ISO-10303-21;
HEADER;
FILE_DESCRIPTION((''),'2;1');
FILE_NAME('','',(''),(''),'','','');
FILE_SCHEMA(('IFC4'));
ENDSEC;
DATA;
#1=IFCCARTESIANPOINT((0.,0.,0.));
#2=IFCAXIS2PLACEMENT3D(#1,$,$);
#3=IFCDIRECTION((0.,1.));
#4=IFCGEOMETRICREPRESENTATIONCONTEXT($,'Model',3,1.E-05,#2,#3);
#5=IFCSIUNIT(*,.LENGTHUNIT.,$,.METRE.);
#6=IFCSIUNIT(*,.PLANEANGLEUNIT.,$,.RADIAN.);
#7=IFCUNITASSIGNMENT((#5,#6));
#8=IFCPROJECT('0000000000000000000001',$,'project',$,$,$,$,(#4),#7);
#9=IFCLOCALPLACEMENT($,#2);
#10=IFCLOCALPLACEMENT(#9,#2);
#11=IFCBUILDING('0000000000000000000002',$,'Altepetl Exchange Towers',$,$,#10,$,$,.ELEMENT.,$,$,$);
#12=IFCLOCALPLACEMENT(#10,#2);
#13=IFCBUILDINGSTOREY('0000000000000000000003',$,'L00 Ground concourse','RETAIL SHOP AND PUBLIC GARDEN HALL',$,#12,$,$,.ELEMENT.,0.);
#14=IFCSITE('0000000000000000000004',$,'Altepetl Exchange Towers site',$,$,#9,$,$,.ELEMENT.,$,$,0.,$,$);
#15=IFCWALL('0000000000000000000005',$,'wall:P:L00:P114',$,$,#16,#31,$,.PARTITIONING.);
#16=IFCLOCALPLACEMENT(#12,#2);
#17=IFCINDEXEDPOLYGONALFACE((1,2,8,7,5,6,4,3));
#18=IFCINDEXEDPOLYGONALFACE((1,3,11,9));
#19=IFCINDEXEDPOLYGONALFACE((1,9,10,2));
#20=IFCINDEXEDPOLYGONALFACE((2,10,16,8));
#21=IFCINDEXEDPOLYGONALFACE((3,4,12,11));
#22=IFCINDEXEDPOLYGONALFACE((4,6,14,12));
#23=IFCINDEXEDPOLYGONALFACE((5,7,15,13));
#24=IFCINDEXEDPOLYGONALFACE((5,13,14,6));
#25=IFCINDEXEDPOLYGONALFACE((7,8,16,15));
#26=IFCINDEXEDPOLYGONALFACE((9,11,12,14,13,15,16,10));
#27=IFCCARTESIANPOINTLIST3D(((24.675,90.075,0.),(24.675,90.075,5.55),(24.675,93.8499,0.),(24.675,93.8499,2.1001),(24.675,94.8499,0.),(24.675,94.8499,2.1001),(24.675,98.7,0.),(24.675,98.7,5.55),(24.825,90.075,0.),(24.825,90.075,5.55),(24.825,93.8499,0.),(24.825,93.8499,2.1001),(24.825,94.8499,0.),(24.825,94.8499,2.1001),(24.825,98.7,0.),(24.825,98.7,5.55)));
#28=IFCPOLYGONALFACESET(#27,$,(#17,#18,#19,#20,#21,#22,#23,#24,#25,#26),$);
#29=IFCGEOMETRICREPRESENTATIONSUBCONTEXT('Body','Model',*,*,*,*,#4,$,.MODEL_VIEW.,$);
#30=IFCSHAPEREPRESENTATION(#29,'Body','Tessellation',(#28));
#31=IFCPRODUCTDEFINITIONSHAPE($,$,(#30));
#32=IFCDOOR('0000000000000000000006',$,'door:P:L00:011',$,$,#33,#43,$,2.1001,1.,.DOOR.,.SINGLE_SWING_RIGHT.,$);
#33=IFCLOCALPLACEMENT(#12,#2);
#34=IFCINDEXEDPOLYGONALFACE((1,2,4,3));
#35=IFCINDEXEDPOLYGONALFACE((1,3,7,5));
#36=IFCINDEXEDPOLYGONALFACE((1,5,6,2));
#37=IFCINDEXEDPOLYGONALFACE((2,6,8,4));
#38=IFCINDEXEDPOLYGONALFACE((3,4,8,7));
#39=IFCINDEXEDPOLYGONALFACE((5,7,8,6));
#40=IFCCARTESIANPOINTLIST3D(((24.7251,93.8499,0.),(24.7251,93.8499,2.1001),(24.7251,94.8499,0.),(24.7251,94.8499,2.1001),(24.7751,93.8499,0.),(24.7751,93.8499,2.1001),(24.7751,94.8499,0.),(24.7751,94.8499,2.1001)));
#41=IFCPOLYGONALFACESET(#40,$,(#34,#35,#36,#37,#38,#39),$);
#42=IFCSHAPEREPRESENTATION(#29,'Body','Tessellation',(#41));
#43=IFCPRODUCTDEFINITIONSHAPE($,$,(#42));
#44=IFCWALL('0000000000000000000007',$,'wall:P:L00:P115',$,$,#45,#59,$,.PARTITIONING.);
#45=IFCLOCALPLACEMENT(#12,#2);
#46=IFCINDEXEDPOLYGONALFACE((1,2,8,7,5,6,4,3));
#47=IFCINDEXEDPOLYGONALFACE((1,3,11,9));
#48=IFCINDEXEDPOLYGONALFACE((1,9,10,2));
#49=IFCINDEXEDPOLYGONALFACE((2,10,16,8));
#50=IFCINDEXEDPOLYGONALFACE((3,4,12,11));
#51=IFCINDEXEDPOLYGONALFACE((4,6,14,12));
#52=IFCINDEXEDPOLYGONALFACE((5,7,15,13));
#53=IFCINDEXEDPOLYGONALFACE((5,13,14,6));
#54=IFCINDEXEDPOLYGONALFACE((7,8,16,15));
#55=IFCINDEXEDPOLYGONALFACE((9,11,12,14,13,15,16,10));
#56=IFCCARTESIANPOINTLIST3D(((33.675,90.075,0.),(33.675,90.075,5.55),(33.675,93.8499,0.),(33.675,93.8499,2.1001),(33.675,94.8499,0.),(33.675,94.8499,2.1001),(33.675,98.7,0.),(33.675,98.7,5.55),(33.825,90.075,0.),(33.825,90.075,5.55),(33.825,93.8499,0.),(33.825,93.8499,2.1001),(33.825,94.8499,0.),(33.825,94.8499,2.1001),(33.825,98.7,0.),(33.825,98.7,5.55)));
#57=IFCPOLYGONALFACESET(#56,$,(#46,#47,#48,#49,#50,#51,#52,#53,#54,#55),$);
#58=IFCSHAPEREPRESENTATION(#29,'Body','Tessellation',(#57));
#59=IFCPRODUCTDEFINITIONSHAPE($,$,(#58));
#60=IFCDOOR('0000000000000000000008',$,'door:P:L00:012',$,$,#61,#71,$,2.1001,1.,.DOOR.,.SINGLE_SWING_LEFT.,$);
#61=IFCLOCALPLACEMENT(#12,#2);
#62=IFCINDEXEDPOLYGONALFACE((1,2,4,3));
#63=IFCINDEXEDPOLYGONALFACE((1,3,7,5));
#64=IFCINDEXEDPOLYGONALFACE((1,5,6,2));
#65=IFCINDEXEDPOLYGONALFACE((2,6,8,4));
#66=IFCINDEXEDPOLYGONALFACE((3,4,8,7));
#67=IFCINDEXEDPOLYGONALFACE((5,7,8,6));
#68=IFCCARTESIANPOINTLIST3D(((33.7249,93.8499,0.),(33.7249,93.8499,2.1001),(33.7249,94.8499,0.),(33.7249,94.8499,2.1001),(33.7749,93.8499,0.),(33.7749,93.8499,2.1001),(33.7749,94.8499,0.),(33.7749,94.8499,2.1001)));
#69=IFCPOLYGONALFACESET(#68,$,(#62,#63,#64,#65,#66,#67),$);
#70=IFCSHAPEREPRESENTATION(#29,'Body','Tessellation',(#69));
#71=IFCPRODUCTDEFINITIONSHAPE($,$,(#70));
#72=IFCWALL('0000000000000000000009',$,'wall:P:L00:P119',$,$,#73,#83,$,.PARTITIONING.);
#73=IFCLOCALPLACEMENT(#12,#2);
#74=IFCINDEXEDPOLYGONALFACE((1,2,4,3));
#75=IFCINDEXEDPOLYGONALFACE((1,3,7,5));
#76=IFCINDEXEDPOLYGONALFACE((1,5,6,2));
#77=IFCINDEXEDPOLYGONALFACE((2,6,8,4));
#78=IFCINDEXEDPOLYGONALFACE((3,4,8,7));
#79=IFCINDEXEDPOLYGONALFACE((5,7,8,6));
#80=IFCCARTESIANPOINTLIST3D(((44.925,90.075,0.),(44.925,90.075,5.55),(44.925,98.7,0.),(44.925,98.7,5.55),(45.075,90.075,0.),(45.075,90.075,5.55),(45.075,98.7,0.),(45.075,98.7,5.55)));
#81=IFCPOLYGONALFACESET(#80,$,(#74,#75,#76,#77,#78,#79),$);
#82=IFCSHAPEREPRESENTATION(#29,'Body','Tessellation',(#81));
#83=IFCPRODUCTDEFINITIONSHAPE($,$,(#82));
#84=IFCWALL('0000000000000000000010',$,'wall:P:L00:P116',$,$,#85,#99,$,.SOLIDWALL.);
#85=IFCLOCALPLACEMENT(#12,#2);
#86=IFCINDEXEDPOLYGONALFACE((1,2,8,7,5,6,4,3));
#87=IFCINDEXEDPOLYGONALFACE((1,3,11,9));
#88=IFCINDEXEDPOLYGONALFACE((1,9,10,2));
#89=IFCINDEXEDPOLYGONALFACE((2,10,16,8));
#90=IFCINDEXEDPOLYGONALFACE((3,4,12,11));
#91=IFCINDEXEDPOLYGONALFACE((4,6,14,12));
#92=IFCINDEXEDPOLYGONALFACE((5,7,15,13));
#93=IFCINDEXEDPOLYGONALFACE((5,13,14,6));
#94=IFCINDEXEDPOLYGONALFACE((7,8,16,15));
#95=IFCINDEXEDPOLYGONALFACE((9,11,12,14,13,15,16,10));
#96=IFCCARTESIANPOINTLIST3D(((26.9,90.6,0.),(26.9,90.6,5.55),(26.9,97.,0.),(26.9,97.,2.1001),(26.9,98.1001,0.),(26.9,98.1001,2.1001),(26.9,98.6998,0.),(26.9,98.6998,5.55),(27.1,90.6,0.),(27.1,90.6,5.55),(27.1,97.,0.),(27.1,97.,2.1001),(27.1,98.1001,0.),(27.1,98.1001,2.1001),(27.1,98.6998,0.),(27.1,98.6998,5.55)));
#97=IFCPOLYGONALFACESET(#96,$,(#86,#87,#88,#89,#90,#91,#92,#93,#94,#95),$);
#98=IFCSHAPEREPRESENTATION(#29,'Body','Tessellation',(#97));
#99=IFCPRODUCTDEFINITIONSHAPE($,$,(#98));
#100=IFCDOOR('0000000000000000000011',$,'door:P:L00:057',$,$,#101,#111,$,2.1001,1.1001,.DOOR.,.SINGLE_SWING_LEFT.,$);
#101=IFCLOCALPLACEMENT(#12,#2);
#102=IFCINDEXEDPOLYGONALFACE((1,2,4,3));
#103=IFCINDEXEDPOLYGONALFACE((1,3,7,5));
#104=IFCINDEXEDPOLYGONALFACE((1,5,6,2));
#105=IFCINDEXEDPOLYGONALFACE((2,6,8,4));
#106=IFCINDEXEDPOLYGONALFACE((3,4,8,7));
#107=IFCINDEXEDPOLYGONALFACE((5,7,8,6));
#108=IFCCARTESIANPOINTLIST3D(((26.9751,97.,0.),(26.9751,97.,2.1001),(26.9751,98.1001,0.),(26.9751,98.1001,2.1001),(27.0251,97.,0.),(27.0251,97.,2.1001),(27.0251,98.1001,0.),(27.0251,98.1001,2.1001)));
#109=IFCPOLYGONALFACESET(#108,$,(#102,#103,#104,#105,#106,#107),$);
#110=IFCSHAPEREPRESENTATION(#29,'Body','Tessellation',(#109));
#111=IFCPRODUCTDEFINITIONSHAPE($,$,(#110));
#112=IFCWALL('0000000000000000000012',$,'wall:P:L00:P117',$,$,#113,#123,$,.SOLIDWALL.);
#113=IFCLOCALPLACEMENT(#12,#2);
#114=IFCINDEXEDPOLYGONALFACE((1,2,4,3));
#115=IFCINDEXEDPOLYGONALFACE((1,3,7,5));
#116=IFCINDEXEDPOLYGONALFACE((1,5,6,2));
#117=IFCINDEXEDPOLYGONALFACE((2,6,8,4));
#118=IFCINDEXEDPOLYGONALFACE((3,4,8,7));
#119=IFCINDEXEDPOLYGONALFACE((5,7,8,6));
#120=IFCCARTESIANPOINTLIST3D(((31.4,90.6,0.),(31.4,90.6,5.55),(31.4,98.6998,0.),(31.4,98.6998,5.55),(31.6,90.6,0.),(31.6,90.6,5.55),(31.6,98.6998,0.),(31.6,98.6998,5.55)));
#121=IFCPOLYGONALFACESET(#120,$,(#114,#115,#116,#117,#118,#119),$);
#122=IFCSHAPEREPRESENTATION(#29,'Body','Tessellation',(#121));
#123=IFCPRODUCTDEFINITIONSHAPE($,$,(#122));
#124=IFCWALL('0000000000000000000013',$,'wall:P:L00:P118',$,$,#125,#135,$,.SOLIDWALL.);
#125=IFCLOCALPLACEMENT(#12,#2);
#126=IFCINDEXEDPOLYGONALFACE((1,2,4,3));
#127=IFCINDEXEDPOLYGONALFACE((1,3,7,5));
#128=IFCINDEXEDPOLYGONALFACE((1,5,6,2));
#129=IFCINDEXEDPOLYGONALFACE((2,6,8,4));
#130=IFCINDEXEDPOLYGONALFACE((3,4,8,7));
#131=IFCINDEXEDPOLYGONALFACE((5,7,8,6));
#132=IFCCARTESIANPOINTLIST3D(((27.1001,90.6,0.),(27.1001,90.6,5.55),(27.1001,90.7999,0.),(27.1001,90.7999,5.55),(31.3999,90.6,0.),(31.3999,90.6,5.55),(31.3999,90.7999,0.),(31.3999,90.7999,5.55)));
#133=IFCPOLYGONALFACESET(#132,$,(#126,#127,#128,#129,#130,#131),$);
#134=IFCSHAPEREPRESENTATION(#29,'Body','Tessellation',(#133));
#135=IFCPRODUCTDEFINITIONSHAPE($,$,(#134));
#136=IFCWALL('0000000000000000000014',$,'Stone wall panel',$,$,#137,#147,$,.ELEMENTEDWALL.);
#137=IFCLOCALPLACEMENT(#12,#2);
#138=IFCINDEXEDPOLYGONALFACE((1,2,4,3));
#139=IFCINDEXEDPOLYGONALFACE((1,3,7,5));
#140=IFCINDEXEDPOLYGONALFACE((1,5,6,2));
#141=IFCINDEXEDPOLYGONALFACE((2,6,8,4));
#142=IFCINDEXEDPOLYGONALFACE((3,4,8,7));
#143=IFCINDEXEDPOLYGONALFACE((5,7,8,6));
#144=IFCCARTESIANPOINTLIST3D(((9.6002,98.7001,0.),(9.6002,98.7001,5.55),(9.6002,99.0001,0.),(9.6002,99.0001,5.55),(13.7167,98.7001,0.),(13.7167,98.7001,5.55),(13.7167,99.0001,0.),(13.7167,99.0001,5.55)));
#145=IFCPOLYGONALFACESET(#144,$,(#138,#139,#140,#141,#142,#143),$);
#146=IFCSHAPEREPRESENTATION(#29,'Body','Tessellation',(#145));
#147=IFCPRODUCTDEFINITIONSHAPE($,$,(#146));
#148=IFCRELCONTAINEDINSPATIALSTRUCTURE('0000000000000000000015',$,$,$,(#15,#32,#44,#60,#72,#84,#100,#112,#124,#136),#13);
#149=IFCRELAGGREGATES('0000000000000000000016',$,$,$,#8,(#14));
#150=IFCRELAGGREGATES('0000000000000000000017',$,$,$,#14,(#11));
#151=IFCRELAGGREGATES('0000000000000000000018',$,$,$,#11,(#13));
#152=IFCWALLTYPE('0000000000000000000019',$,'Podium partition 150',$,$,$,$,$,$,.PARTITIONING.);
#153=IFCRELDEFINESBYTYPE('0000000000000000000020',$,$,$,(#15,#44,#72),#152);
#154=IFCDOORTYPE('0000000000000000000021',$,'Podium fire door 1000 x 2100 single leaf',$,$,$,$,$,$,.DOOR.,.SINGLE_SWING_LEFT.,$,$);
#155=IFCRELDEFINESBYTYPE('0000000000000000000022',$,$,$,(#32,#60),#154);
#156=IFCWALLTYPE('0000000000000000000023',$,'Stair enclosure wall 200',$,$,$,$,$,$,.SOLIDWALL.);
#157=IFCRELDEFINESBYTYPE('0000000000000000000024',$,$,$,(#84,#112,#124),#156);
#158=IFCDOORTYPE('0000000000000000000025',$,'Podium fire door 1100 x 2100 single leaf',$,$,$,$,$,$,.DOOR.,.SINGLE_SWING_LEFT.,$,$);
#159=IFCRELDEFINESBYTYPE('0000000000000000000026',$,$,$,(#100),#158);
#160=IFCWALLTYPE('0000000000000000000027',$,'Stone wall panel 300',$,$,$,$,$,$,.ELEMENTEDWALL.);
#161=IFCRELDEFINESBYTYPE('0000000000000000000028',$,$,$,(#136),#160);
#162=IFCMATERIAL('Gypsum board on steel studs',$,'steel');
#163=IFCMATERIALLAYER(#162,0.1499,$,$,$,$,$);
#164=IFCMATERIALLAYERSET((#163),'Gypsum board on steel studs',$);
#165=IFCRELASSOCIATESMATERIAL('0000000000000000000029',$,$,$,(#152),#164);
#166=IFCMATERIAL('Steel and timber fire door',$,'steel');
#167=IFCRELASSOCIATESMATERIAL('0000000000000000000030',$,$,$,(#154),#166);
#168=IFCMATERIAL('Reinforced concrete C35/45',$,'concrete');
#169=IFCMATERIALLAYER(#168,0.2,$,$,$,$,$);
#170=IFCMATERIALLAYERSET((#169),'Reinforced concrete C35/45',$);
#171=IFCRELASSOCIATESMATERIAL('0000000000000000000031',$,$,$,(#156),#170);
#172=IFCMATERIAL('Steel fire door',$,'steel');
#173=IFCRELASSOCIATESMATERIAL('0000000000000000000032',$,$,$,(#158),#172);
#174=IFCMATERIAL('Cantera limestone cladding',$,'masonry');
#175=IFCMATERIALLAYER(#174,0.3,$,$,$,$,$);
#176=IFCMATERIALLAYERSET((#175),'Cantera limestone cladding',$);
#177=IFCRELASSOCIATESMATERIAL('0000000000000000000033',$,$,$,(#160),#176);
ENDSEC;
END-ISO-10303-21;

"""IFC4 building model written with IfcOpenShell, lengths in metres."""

from ifc_helpers import new_model, si_unit, direction, frame, frame_2d, origin, place, context, subcontext, project, spatial, rectangle, extrude, material, layer, layer_set, type_object, element, fill, save


model = new_model("IFC4")

# Units and contexts
model_context = context("Model", 3, precision=1e-05, world=origin(), true_north=direction((0.0, 1.0)))
body_context = subcontext(model_context, "Body", "Model", "MODEL_VIEW")
ifc_project = project(units=[si_unit("LENGTHUNIT", "METRE"), si_unit("PLANEANGLEUNIT", "RADIAN")], contexts=[model_context])

# Site, building, storey
site_placement = place(None, origin())
site = spatial("IfcSite", under=ifc_project, at=site_placement, Name="Altepetl Exchange Towers site", CompositionType="ELEMENT", RefElevation=0.0)
building_placement = place(site_placement, origin())
building = spatial("IfcBuilding", under=site, at=building_placement, Name="Altepetl Exchange Towers", CompositionType="ELEMENT")
storey_placement = place(building_placement, origin())
storey = spatial("IfcBuildingStorey", under=building, at=storey_placement, Name="L00 Ground concourse", Description="RETAIL SHOP AND PUBLIC GARDEN HALL", CompositionType="ELEMENT", Elevation=0.0)

# Shared definitions
ifc_material_1 = material(Name="Gypsum board on steel studs", Category="steel")
ifc_layer_1 = layer(ifc_material_1, 0.1499)
ifc_layer_set_1 = layer_set([ifc_layer_1], Name="Gypsum board on steel studs")
wall_type_1 = type_object("IfcWallType", Name="Podium partition 150", PredefinedType="PARTITIONING", material=ifc_layer_set_1)

# Walls, openings, doors
wall_1_placement = place(storey_placement, frame((24.75, 90.075, 0.0), z_axis=(0.0, 0.0, 1.0), x_axis=(0.0, 1.0, 0.0)))
wall_1 = element("IfcWall", 1, at=wall_1_placement, inside=storey, type_object=wall_type_1, Name="wall:P:L00:P114", PredefinedType="PARTITIONING", context=body_context, shape_type="SweptSolid", body=[
    extrude(rectangle(XDim=8.625, YDim=0.1499, at=frame_2d((4.3125, 0.0))), origin(), (0.0, 0.0, 1.0), 5.55),
])
opening_1_placement = place(wall_1_placement, frame((3.7749, 0.0, 0.0)))
opening_1 = element("IfcOpeningElement", 2, at=opening_1_placement, cuts=wall_1, PredefinedType="OPENING", context=body_context, shape_type="SweptSolid", body=[
    extrude(rectangle(XDim=1.0, YDim=2.1001, at=frame_2d((0.5, 1.05))), frame((0.0, 0.085, 0.0), z_axis=(0.0, -1.0, 0.0), x_axis=(1.0, 0.0, 0.0)), (0.0, 0.0, 1.0), 0.1699),
])
ifc_material_2 = material(Name="Steel and timber fire door", Category="steel")
door_type_1 = type_object("IfcDoorType", Name="Podium fire door 1000 x 2100 single leaf", OperationType="SINGLE_SWING_LEFT", PredefinedType="DOOR", material=ifc_material_2)
door_1_placement = place(opening_1_placement, origin())
door_1 = element("IfcDoor", 3, at=door_1_placement, inside=storey, type_object=door_type_1, Name="door:P:L00:011", OperationType="SINGLE_SWING_RIGHT", OverallHeight=2.1001, OverallWidth=1.0, PredefinedType="DOOR", context=body_context, shape_type="SweptSolid", body=[
    extrude(rectangle(XDim=1.0, YDim=2.1001, at=frame_2d((0.5, 1.05))), frame((0.0, 0.0249, 0.0), z_axis=(0.0, -1.0, 0.0), x_axis=(1.0, 0.0, 0.0)), (0.0, 0.0, 1.0), 0.05),
])
fill(opening_1, door_1)
wall_2_placement = place(storey_placement, frame((33.75, 90.075, 0.0), z_axis=(0.0, 0.0, 1.0), x_axis=(0.0, 1.0, 0.0)))
wall_2 = element("IfcWall", 4, at=wall_2_placement, inside=storey, type_object=wall_type_1, Name="wall:P:L00:P115", PredefinedType="PARTITIONING", context=body_context, shape_type="SweptSolid", body=[
    extrude(rectangle(XDim=8.625, YDim=0.1499, at=frame_2d((4.3125, 0.0))), origin(), (0.0, 0.0, 1.0), 5.55),
])
opening_2_placement = place(wall_2_placement, frame((3.7749, 0.0, 0.0)))
opening_2 = element("IfcOpeningElement", 5, at=opening_2_placement, cuts=wall_2, PredefinedType="OPENING", context=body_context, shape_type="SweptSolid", body=[
    extrude(rectangle(XDim=1.0, YDim=2.1001, at=frame_2d((0.5, 1.05))), frame((0.0, 0.085, 0.0), z_axis=(0.0, -1.0, 0.0), x_axis=(1.0, 0.0, 0.0)), (0.0, 0.0, 1.0), 0.1699),
])
door_2_placement = place(opening_2_placement, frame((1.0, 0.0, 0.0), x_axis=(-1.0, 0.0, 0.0)))
door_2 = element("IfcDoor", 6, at=door_2_placement, inside=storey, type_object=door_type_1, Name="door:P:L00:012", OperationType="SINGLE_SWING_LEFT", OverallHeight=2.1001, OverallWidth=1.0, PredefinedType="DOOR", context=body_context, shape_type="SweptSolid", body=[
    extrude(rectangle(XDim=1.0, YDim=2.1001, at=frame_2d((0.5, 1.05))), frame((0.0, 0.0249, 0.0), z_axis=(0.0, -1.0, 0.0), x_axis=(1.0, 0.0, 0.0)), (0.0, 0.0, 1.0), 0.05),
])
fill(opening_2, door_2)

# Wall
wall_3_placement = place(storey_placement, frame((45.0, 90.075, 0.0), z_axis=(0.0, 0.0, 1.0), x_axis=(0.0, 1.0, 0.0)))
element("IfcWall", 7, at=wall_3_placement, inside=storey, type_object=wall_type_1, Name="wall:P:L00:P119", PredefinedType="PARTITIONING", context=body_context, shape_type="SweptSolid", body=[
    extrude(rectangle(XDim=8.625, YDim=0.1499, at=frame_2d((4.3125, 0.0))), origin(), (0.0, 0.0, 1.0), 5.55),
])

# Wall, opening, door
ifc_material_3 = material(Name="Reinforced concrete C35/45", Category="concrete")
ifc_layer_2 = layer(ifc_material_3, 0.2)
ifc_layer_set_2 = layer_set([ifc_layer_2], Name="Reinforced concrete C35/45")
wall_type_2 = type_object("IfcWallType", Name="Stair enclosure wall 200", PredefinedType="SOLIDWALL", material=ifc_layer_set_2)
wall_4_placement = place(storey_placement, frame((27.0, 90.6001, 0.0), z_axis=(0.0, 0.0, 1.0), x_axis=(0.0, 1.0, 0.0)))
wall_4 = element("IfcWall", 8, at=wall_4_placement, inside=storey, type_object=wall_type_2, Name="wall:P:L00:P116", PredefinedType="SOLIDWALL", context=body_context, shape_type="SweptSolid", body=[
    extrude(rectangle(XDim=8.0999, YDim=0.2, at=frame_2d((4.0498, 0.0))), origin(), (0.0, 0.0, 1.0), 5.55),
])
opening_3_placement = place(wall_4_placement, frame((6.3999, 0.0, 0.0)))
opening_3 = element("IfcOpeningElement", 9, at=opening_3_placement, cuts=wall_4, PredefinedType="OPENING", context=body_context, shape_type="SweptSolid", body=[
    extrude(rectangle(XDim=1.1001, YDim=2.1001, at=frame_2d((0.55, 1.05))), frame((0.0, 0.1099, 0.0), z_axis=(0.0, -1.0, 0.0), x_axis=(1.0, 0.0, 0.0)), (0.0, 0.0, 1.0), 0.22),
])
ifc_material_4 = material(Name="Steel fire door", Category="steel")
door_type_2 = type_object("IfcDoorType", Name="Podium fire door 1100 x 2100 single leaf", OperationType="SINGLE_SWING_LEFT", PredefinedType="DOOR", material=ifc_material_4)
door_3_placement = place(opening_3_placement, origin())
door_3 = element("IfcDoor", 10, at=door_3_placement, inside=storey, type_object=door_type_2, Name="door:P:L00:057", OperationType="SINGLE_SWING_LEFT", OverallHeight=2.1001, OverallWidth=1.1001, PredefinedType="DOOR", context=body_context, shape_type="SweptSolid", body=[
    extrude(rectangle(XDim=1.1001, YDim=2.1001, at=frame_2d((0.55, 1.05))), frame((0.0, 0.0249, 0.0), z_axis=(0.0, -1.0, 0.0), x_axis=(1.0, 0.0, 0.0)), (0.0, 0.0, 1.0), 0.05),
])
fill(opening_3, door_3)

# Walls
wall_5_placement = place(storey_placement, frame((31.5, 90.6001, 0.0), z_axis=(0.0, 0.0, 1.0), x_axis=(0.0, 1.0, 0.0)))
element("IfcWall", 11, at=wall_5_placement, inside=storey, type_object=wall_type_2, Name="wall:P:L00:P117", PredefinedType="SOLIDWALL", context=body_context, shape_type="SweptSolid", body=[
    extrude(rectangle(XDim=8.0999, YDim=0.2, at=frame_2d((4.0498, 0.0))), origin(), (0.0, 0.0, 1.0), 5.55),
])
wall_6_placement = place(storey_placement, frame((27.1001, 90.7, 0.0)))
element("IfcWall", 12, at=wall_6_placement, inside=storey, type_object=wall_type_2, Name="wall:P:L00:P118", PredefinedType="SOLIDWALL", context=body_context, shape_type="SweptSolid", body=[
    extrude(rectangle(XDim=4.2998, YDim=0.2, at=frame_2d((2.1499, 0.0))), origin(), (0.0, 0.0, 1.0), 5.55),
])
ifc_material_5 = material(Name="Cantera limestone cladding", Category="masonry")
ifc_layer_3 = layer(ifc_material_5, 0.3)
ifc_layer_set_3 = layer_set([ifc_layer_3], Name="Cantera limestone cladding")
wall_type_3 = type_object("IfcWallType", Name="Stone wall panel 300", PredefinedType="ELEMENTEDWALL", material=ifc_layer_set_3)
wall_7_placement = place(storey_placement, frame((13.7166, 98.8501, 0.0), z_axis=(0.0, 0.0, 1.0), x_axis=(-1.0, 0.0, 0.0)))
element("IfcWall", 13, at=wall_7_placement, inside=storey, type_object=wall_type_3, Name="Stone wall panel", PredefinedType="ELEMENTEDWALL", context=body_context, shape_type="SweptSolid", body=[
    extrude(rectangle(XDim=4.1165, YDim=0.3, at=frame_2d((2.0581, 0.0))), origin(), (0.0, 0.0, 1.0), 5.55),
])

save(model, "model.ifc")
